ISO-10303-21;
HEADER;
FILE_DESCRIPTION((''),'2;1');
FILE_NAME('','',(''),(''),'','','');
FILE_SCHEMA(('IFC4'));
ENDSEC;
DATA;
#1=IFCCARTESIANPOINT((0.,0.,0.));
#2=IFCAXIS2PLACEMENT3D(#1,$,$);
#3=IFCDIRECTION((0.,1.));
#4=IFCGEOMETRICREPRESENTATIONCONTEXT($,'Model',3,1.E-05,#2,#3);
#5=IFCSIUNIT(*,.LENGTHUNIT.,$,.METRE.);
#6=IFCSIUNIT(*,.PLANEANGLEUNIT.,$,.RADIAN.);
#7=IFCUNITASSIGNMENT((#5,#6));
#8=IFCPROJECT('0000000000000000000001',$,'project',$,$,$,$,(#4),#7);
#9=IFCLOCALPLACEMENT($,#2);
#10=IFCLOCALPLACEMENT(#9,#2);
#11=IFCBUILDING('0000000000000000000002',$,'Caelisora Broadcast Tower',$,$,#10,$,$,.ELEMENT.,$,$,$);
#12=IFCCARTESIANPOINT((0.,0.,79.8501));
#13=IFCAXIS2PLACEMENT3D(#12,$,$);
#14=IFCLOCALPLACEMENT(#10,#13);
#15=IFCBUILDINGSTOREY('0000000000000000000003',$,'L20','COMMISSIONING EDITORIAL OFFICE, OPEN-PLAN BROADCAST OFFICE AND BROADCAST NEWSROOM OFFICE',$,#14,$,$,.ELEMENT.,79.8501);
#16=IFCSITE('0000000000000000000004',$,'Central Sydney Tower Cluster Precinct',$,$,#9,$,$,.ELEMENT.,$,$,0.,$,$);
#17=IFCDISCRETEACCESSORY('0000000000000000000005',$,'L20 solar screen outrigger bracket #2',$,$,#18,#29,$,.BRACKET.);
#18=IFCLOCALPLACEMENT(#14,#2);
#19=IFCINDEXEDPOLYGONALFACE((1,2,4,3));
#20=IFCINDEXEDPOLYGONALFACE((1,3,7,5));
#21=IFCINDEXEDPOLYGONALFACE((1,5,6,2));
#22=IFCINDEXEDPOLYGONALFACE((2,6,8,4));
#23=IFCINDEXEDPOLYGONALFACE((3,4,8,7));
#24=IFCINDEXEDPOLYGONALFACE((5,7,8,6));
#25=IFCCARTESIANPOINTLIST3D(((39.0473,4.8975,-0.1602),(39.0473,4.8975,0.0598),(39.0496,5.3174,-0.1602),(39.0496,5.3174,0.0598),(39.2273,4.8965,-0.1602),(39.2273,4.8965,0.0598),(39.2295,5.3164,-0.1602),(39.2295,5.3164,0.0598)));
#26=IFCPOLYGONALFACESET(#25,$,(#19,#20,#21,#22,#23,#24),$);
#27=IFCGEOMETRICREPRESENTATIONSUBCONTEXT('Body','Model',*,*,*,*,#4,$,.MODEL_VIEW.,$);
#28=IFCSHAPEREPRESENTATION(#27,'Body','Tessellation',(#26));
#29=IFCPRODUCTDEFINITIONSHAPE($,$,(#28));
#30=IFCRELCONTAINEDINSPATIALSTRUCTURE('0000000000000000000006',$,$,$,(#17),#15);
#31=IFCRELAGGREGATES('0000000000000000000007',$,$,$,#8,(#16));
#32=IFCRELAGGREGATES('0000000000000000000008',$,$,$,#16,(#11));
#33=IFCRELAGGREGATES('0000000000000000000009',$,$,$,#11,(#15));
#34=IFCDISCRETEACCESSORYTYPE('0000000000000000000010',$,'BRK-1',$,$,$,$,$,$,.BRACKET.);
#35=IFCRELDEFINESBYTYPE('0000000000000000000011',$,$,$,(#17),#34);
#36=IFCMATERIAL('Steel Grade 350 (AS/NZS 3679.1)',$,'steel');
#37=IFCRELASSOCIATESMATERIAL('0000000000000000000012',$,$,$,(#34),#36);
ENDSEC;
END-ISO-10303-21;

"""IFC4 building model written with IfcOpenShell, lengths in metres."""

from ifc_helpers import new_model, si_unit, direction, frame, origin, origin_2d, place, context, subcontext, project, spatial, rectangle, extrude, source, transform, mapped, material, type_object, type_shapes, element, save


model = new_model("IFC4")

# Units and contexts
model_context = context("Model", 3, precision=1e-05, world=origin(), true_north=direction((0.0, 1.0)))
body_context = subcontext(model_context, "Body", "Model", "MODEL_VIEW")
ifc_project = project(units=[si_unit("LENGTHUNIT", "METRE"), si_unit("PLANEANGLEUNIT", "RADIAN")], contexts=[model_context])

# Site, building, storey
site_placement = place(None, origin())
site = spatial("IfcSite", under=ifc_project, at=site_placement, Name="Central Sydney Tower Cluster Precinct", CompositionType="ELEMENT", RefElevation=0.0)
building_placement = place(site_placement, origin())
building = spatial("IfcBuilding", under=site, at=building_placement, Name="Caelisora Broadcast Tower", CompositionType="ELEMENT")
storey_placement = place(building_placement, frame((0.0, 0.0, 79.8501)))
storey = spatial("IfcBuildingStorey", under=building, at=storey_placement, Name="L20", Description="COMMISSIONING EDITORIAL OFFICE, OPEN-PLAN BROADCAST OFFICE AND BROADCAST NEWSROOM OFFICE", CompositionType="ELEMENT", Elevation=79.8501)

# Shared definitions
ifc_material_1 = material(Name="Steel Grade 350 (AS/NZS 3679.1)", Category="steel")

# Discrete accessory
discrete_accessory_type = type_object("IfcDiscreteAccessoryType", Name="BRK-1", PredefinedType="BRACKET", material=ifc_material_1)
shared_shape_1 = source(origin(), body_context, "Body", "SweptSolid", [
    extrude(rectangle(XDim=0.1799, YDim=0.4199, at=origin_2d()), origin(), (0.0, 0.0, 1.0), 0.22),
])
type_shapes(discrete_accessory_type, [shared_shape_1])
discrete_accessory_placement = place(storey_placement, frame((39.1384, 5.1069, -0.1602), z_axis=(0.0, 0.0, 1.0), x_axis=(0.999985, -0.00541, 0.0)))
element("IfcDiscreteAccessory", 1, at=discrete_accessory_placement, inside=storey, type_object=discrete_accessory_type, Name="L20 solar screen outrigger bracket #2", PredefinedType="BRACKET", context=body_context, shape_type="MappedRepresentation", body=[
    mapped(shared_shape_1, transform((0.0, 0.0, 0.0), scale=1.0)),
])

save(model, "model.ifc")
